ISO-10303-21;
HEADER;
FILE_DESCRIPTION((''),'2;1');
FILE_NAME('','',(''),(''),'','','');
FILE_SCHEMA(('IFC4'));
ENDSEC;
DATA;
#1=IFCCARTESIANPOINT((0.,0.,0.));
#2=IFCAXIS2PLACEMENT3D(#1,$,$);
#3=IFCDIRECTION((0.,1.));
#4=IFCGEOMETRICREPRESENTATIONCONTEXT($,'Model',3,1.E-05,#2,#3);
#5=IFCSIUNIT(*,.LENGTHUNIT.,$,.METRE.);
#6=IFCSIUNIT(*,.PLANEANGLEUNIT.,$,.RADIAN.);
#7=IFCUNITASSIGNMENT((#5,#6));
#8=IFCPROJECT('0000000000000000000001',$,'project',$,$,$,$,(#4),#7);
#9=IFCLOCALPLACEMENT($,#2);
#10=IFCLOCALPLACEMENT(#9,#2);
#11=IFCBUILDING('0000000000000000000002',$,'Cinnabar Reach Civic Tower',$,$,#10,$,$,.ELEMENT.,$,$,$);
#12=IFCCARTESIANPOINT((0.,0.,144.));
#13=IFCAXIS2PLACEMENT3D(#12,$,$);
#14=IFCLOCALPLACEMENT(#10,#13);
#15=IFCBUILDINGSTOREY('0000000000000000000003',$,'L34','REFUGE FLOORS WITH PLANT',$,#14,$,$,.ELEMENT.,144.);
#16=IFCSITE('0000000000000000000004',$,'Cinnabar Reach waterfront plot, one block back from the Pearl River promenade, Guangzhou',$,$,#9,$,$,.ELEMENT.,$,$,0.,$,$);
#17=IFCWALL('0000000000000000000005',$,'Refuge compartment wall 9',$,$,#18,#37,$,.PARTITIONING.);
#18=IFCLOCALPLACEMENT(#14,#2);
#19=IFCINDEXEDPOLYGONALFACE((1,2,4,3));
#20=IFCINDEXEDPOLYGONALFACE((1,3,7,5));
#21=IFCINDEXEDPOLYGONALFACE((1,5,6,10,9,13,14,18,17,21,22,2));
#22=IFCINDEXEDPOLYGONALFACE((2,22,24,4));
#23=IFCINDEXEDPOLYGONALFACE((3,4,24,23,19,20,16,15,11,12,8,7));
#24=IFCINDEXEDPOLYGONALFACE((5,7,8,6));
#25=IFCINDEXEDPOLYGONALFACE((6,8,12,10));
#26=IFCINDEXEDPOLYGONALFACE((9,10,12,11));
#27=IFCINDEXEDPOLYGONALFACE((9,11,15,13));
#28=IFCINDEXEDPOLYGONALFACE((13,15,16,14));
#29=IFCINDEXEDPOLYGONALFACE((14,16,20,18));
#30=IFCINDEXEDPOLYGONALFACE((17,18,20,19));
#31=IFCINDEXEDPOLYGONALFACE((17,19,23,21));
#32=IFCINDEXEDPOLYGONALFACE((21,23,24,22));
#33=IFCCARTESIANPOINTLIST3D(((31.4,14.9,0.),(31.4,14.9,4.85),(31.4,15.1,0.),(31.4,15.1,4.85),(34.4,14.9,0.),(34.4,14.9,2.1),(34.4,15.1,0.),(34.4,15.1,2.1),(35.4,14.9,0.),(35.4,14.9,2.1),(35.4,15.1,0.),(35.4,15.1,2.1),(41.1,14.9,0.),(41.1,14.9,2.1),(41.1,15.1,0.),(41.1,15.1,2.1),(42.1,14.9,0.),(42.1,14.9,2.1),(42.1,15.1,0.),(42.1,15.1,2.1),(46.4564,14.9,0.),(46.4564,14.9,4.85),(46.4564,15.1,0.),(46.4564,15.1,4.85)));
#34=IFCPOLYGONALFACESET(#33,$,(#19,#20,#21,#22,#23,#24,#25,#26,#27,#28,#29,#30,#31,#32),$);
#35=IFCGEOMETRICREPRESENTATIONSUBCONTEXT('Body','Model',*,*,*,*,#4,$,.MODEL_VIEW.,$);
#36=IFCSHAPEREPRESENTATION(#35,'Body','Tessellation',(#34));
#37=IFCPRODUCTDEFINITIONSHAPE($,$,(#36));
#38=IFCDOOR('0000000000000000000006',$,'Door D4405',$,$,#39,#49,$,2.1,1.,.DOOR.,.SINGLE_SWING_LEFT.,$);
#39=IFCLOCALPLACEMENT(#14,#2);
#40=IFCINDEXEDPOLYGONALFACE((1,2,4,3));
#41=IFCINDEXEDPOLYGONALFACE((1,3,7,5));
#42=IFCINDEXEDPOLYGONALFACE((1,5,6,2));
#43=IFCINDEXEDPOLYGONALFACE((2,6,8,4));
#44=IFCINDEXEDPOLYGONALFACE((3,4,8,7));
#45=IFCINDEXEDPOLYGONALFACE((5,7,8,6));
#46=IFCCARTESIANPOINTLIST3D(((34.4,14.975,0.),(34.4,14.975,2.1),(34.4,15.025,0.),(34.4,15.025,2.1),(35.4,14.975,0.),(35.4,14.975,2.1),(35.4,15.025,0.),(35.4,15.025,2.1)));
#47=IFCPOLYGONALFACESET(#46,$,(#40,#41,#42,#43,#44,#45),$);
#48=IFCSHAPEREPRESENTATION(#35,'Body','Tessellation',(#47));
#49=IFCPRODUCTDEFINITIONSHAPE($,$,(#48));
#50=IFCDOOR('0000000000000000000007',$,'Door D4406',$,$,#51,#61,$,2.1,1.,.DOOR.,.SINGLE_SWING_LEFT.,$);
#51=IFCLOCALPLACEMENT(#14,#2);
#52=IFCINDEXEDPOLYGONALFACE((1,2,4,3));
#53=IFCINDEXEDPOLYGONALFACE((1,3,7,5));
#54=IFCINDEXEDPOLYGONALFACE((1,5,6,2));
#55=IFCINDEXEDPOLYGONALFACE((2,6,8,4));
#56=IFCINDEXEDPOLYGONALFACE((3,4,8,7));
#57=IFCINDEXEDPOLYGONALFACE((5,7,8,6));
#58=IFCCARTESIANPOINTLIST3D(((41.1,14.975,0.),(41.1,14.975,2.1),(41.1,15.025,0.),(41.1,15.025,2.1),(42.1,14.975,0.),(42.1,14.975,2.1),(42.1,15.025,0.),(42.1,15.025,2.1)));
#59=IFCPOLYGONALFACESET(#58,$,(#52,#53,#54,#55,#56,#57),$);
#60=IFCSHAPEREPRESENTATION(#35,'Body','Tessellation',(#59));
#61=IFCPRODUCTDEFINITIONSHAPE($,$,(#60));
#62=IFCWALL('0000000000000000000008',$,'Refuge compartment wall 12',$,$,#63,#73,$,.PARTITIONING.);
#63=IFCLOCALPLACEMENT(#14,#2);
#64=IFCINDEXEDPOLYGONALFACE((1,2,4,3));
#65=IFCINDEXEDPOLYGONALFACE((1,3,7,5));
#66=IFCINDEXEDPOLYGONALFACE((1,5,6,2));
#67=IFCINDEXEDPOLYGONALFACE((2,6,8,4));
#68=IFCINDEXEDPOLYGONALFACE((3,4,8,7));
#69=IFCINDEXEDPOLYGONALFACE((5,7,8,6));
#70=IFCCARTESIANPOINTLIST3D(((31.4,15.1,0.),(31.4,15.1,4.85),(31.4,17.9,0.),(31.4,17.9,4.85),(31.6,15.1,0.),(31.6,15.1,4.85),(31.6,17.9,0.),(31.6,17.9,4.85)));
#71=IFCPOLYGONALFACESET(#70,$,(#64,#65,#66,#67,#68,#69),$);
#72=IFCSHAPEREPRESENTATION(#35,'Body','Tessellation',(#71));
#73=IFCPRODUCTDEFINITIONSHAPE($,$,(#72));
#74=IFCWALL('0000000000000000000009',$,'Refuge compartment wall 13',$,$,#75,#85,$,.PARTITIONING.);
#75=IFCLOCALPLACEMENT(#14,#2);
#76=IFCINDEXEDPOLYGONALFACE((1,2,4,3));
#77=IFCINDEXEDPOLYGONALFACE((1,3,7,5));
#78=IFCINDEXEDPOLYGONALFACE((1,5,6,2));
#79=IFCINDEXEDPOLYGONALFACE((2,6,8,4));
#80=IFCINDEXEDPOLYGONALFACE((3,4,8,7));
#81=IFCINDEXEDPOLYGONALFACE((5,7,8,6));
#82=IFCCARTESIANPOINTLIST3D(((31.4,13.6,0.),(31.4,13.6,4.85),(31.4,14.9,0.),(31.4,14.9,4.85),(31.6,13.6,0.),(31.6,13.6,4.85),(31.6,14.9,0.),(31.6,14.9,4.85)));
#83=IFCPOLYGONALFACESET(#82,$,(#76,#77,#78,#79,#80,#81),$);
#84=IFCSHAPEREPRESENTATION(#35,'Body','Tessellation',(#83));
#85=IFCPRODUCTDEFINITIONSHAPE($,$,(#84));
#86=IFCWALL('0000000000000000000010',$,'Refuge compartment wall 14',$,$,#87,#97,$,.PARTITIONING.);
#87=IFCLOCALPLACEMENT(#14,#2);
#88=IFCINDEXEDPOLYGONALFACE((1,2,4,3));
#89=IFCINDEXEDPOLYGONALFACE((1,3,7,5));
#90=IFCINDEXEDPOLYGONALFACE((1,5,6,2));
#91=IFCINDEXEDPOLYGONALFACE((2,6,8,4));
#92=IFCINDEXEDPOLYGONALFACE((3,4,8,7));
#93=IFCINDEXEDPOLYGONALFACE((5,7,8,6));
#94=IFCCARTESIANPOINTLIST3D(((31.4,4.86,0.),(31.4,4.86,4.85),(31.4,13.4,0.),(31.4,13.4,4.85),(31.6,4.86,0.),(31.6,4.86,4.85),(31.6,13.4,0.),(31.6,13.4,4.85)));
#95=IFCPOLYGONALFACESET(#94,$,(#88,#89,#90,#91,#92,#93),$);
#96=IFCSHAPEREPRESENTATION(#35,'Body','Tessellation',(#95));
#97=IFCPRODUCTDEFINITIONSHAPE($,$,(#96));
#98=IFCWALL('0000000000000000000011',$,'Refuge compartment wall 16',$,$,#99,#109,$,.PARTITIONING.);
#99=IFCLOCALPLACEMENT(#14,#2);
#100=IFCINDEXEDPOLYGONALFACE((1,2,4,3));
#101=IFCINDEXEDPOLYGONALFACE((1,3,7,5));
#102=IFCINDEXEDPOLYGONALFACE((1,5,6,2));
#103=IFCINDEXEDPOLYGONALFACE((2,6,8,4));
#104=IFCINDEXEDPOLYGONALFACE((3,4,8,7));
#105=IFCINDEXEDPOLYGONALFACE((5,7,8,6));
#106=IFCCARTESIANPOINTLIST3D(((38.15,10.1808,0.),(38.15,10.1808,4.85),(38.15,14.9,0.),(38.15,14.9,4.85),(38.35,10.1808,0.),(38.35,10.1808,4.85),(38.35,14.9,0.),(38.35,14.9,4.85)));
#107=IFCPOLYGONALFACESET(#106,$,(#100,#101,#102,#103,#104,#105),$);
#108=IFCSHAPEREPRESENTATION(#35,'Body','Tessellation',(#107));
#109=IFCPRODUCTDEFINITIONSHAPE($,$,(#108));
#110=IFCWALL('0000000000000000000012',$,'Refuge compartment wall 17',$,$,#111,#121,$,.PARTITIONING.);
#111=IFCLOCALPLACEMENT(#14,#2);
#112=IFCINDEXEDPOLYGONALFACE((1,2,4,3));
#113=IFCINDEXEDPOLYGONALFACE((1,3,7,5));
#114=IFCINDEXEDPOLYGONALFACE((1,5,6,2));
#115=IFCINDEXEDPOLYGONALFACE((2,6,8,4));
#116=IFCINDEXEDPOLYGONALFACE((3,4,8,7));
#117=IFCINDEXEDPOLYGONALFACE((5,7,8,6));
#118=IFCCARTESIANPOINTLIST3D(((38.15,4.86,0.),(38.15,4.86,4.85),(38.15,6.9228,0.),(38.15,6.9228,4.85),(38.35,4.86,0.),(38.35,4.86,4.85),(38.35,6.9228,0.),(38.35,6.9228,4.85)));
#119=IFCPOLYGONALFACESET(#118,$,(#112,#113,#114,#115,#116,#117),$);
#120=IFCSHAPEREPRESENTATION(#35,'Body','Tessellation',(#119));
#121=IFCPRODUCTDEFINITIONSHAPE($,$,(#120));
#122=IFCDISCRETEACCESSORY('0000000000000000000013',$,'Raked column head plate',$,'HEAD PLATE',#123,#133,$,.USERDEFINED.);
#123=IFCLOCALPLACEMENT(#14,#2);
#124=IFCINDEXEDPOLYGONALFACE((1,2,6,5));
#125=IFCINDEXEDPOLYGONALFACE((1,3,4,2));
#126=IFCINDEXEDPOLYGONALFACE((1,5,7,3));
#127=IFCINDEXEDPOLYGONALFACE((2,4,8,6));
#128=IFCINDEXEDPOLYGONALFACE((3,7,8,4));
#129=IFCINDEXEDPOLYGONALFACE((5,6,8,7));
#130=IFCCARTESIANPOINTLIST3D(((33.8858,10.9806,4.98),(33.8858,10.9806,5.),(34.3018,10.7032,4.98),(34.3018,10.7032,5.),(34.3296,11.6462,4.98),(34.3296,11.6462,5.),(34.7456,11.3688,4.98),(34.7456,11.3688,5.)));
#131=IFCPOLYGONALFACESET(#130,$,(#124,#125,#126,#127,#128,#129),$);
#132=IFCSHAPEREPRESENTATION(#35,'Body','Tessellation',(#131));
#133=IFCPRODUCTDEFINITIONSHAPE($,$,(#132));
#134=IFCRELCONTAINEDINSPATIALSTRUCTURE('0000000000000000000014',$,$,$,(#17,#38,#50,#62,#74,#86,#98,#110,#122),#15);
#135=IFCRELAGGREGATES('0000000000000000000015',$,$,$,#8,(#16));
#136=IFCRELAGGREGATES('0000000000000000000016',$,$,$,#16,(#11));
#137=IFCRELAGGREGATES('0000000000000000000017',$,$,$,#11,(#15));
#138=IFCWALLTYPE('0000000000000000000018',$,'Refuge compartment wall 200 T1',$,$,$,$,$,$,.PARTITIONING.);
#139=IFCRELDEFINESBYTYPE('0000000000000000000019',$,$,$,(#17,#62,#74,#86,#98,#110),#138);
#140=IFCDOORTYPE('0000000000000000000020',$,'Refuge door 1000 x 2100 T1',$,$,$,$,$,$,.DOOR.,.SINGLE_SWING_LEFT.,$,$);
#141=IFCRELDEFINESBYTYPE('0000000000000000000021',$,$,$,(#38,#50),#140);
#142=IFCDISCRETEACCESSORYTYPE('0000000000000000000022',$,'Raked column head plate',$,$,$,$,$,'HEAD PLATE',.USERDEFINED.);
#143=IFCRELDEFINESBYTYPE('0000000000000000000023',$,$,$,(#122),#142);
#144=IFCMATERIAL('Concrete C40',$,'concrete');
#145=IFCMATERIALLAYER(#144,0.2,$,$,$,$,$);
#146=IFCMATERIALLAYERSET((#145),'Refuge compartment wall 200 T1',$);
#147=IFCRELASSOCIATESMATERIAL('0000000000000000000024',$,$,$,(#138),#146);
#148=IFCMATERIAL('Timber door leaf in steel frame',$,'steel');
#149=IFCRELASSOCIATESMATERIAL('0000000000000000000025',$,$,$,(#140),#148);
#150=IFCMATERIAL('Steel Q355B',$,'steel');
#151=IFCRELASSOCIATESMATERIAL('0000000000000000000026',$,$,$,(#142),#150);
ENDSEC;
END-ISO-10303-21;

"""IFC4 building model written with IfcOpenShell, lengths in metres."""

from ifc_helpers import new_model, si_unit, direction, frame, frame_2d, origin, origin_2d, place, context, subcontext, project, spatial, rectangle, extrude, material, layer, layer_set, type_object, element, fill, save


model = new_model("IFC4")

# Units and contexts
model_context = context("Model", 3, precision=1e-05, world=origin(), true_north=direction((0.0, 1.0)))
body_context = subcontext(model_context, "Body", "Model", "MODEL_VIEW")
ifc_project = project(units=[si_unit("LENGTHUNIT", "METRE"), si_unit("PLANEANGLEUNIT", "RADIAN")], contexts=[model_context])

# Site, building, storey
site_placement = place(None, origin())
site = spatial("IfcSite", under=ifc_project, at=site_placement, Name="Cinnabar Reach waterfront plot, one block back from the Pearl River promenade, Guangzhou", CompositionType="ELEMENT", RefElevation=0.0)
building_placement = place(site_placement, origin())
building = spatial("IfcBuilding", under=site, at=building_placement, Name="Cinnabar Reach Civic Tower", CompositionType="ELEMENT")
storey_placement = place(building_placement, frame((0.0, 0.0, 144.0)))
storey = spatial("IfcBuildingStorey", under=building, at=storey_placement, Name="L34", Description="REFUGE FLOORS WITH PLANT", CompositionType="ELEMENT", Elevation=144.0)

# Shared definitions
ifc_material_1 = material(Name="Steel Q355B", Category="steel")

# Shared definitions
ifc_material_2 = material(Name="Concrete C40", Category="concrete")
ifc_layer_1 = layer(ifc_material_2, 0.2)
ifc_layer_set_1 = layer_set([ifc_layer_1], Name="Refuge compartment wall 200 T1")
wall_type_1 = type_object("IfcWallType", Name="Refuge compartment wall 200 T1", PredefinedType="PARTITIONING", material=ifc_layer_set_1)
ifc_material_3 = material(Name="Timber door leaf in steel frame", Category="steel")
door_type = type_object("IfcDoorType", Name="Refuge door 1000 x 2100 T1", OperationType="SINGLE_SWING_LEFT", PredefinedType="DOOR", material=ifc_material_3)

# Wall, openings, doors
wall_1_placement = place(storey_placement, frame((31.4, 15.0, 0.0), z_axis=(0.0, 0.0, 1.0), x_axis=(1.0, 0.0, 0.0)))
wall_1 = element("IfcWall", 1, at=wall_1_placement, inside=storey, type_object=wall_type_1, Name="Refuge compartment wall 9", PredefinedType="PARTITIONING", context=body_context, shape_type="SweptSolid", body=[
    extrude(rectangle(XDim=15.0563, YDim=0.2, at=frame_2d((7.5282, 0.0))), origin(), (0.0, 0.0, 1.0), 4.85),
])
opening_1_placement = place(wall_1_placement, frame((3.0, 0.0, 0.0)))
opening_1 = element("IfcOpeningElement", 2, at=opening_1_placement, cuts=wall_1, PredefinedType="OPENING", context=body_context, shape_type="SweptSolid", body=[
    extrude(rectangle(XDim=1.0, YDim=2.1, at=frame_2d((0.5, 1.05))), frame((0.0, 0.11, 0.0), z_axis=(0.0, -1.0, 0.0), x_axis=(1.0, 0.0, 0.0)), (0.0, 0.0, 1.0), 0.22),
])
opening_2_placement = place(wall_1_placement, frame((9.7, 0.0, 0.0)))
opening_2 = element("IfcOpeningElement", 3, at=opening_2_placement, cuts=wall_1, PredefinedType="OPENING", context=body_context, shape_type="SweptSolid", body=[
    extrude(rectangle(XDim=1.0, YDim=2.1, at=frame_2d((0.5, 1.05))), frame((0.0, 0.11, 0.0), z_axis=(0.0, -1.0, 0.0), x_axis=(1.0, 0.0, 0.0)), (0.0, 0.0, 1.0), 0.22),
])
door_1_placement = place(opening_1_placement, origin())
door_1 = element("IfcDoor", 4, at=door_1_placement, inside=storey, type_object=door_type, Name="Door D4405", OperationType="SINGLE_SWING_LEFT", OverallHeight=2.1, OverallWidth=1.0, PredefinedType="DOOR", context=body_context, shape_type="SweptSolid", body=[
    extrude(rectangle(XDim=1.0, YDim=2.1, at=frame_2d((0.5, 1.05))), frame((0.0, 0.025, 0.0), z_axis=(0.0, -1.0, 0.0), x_axis=(1.0, 0.0, 0.0)), (0.0, 0.0, 1.0), 0.05),
])
fill(opening_1, door_1)
door_2_placement = place(opening_2_placement, origin())
door_2 = element("IfcDoor", 5, at=door_2_placement, inside=storey, type_object=door_type, Name="Door D4406", OperationType="SINGLE_SWING_LEFT", OverallHeight=2.1, OverallWidth=1.0, PredefinedType="DOOR", context=body_context, shape_type="SweptSolid", body=[
    extrude(rectangle(XDim=1.0, YDim=2.1, at=frame_2d((0.5, 1.05))), frame((0.0, 0.025, 0.0), z_axis=(0.0, -1.0, 0.0), x_axis=(1.0, 0.0, 0.0)), (0.0, 0.0, 1.0), 0.05),
])
fill(opening_2, door_2)

# Walls
wall_2_placement = place(storey_placement, frame((31.5, 15.1, 0.0), z_axis=(0.0, 0.0, 1.0), x_axis=(0.0, 1.0, 0.0)))
element("IfcWall", 6, at=wall_2_placement, inside=storey, type_object=wall_type_1, Name="Refuge compartment wall 12", PredefinedType="PARTITIONING", context=body_context, shape_type="SweptSolid", body=[
    extrude(rectangle(XDim=2.8, YDim=0.2, at=frame_2d((1.4, 0.0))), origin(), (0.0, 0.0, 1.0), 4.85),
])
wall_3_placement = place(storey_placement, frame((31.5, 13.6, 0.0), z_axis=(0.0, 0.0, 1.0), x_axis=(0.0, 1.0, 0.0)))
element("IfcWall", 7, at=wall_3_placement, inside=storey, type_object=wall_type_1, Name="Refuge compartment wall 13", PredefinedType="PARTITIONING", context=body_context, shape_type="SweptSolid", body=[
    extrude(rectangle(XDim=1.3, YDim=0.2, at=frame_2d((0.65, 0.0))), origin(), (0.0, 0.0, 1.0), 4.85),
])
wall_4_placement = place(storey_placement, frame((31.5, 4.86, 0.0), z_axis=(0.0, 0.0, 1.0), x_axis=(0.0, 1.0, 0.0)))
element("IfcWall", 8, at=wall_4_placement, inside=storey, type_object=wall_type_1, Name="Refuge compartment wall 14", PredefinedType="PARTITIONING", context=body_context, shape_type="SweptSolid", body=[
    extrude(rectangle(XDim=8.54, YDim=0.2, at=frame_2d((4.27, 0.0))), origin(), (0.0, 0.0, 1.0), 4.85),
])
wall_5_placement = place(storey_placement, frame((38.25, 10.1808, 0.0), z_axis=(0.0, 0.0, 1.0), x_axis=(0.0, 1.0, 0.0)))
element("IfcWall", 9, at=wall_5_placement, inside=storey, type_object=wall_type_1, Name="Refuge compartment wall 16", PredefinedType="PARTITIONING", context=body_context, shape_type="SweptSolid", body=[
    extrude(rectangle(XDim=4.7192, YDim=0.2, at=frame_2d((2.3596, 0.0))), origin(), (0.0, 0.0, 1.0), 4.85),
])
wall_6_placement = place(storey_placement, frame((38.25, 4.86, 0.0), z_axis=(0.0, 0.0, 1.0), x_axis=(0.0, 1.0, 0.0)))
element("IfcWall", 10, at=wall_6_placement, inside=storey, type_object=wall_type_1, Name="Refuge compartment wall 17", PredefinedType="PARTITIONING", context=body_context, shape_type="SweptSolid", body=[
    extrude(rectangle(XDim=2.0628, YDim=0.2, at=frame_2d((1.0314, 0.0))), origin(), (0.0, 0.0, 1.0), 4.85),
])

# Discrete accessory
discrete_accessory_type = type_object("IfcDiscreteAccessoryType", Name="Raked column head plate", ElementType="HEAD PLATE", PredefinedType="USERDEFINED", material=ifc_material_1)
discrete_accessory_placement = place(storey_placement, frame((34.3157, 11.1747, 4.98), z_axis=(0.0, 0.0, 1.0), x_axis=(-0.832051, 0.554699, 0.0)))
element("IfcDiscreteAccessory", 11, at=discrete_accessory_placement, inside=storey, type_object=discrete_accessory_type, Name="Raked column head plate", ObjectType="HEAD PLATE", PredefinedType="USERDEFINED", context=body_context, shape_type="SweptSolid", body=[
    extrude(rectangle(XDim=0.5, YDim=0.8, at=origin_2d()), origin(), (0.0, 0.0, 1.0), 0.02),
])

save(model, "model.ifc")
